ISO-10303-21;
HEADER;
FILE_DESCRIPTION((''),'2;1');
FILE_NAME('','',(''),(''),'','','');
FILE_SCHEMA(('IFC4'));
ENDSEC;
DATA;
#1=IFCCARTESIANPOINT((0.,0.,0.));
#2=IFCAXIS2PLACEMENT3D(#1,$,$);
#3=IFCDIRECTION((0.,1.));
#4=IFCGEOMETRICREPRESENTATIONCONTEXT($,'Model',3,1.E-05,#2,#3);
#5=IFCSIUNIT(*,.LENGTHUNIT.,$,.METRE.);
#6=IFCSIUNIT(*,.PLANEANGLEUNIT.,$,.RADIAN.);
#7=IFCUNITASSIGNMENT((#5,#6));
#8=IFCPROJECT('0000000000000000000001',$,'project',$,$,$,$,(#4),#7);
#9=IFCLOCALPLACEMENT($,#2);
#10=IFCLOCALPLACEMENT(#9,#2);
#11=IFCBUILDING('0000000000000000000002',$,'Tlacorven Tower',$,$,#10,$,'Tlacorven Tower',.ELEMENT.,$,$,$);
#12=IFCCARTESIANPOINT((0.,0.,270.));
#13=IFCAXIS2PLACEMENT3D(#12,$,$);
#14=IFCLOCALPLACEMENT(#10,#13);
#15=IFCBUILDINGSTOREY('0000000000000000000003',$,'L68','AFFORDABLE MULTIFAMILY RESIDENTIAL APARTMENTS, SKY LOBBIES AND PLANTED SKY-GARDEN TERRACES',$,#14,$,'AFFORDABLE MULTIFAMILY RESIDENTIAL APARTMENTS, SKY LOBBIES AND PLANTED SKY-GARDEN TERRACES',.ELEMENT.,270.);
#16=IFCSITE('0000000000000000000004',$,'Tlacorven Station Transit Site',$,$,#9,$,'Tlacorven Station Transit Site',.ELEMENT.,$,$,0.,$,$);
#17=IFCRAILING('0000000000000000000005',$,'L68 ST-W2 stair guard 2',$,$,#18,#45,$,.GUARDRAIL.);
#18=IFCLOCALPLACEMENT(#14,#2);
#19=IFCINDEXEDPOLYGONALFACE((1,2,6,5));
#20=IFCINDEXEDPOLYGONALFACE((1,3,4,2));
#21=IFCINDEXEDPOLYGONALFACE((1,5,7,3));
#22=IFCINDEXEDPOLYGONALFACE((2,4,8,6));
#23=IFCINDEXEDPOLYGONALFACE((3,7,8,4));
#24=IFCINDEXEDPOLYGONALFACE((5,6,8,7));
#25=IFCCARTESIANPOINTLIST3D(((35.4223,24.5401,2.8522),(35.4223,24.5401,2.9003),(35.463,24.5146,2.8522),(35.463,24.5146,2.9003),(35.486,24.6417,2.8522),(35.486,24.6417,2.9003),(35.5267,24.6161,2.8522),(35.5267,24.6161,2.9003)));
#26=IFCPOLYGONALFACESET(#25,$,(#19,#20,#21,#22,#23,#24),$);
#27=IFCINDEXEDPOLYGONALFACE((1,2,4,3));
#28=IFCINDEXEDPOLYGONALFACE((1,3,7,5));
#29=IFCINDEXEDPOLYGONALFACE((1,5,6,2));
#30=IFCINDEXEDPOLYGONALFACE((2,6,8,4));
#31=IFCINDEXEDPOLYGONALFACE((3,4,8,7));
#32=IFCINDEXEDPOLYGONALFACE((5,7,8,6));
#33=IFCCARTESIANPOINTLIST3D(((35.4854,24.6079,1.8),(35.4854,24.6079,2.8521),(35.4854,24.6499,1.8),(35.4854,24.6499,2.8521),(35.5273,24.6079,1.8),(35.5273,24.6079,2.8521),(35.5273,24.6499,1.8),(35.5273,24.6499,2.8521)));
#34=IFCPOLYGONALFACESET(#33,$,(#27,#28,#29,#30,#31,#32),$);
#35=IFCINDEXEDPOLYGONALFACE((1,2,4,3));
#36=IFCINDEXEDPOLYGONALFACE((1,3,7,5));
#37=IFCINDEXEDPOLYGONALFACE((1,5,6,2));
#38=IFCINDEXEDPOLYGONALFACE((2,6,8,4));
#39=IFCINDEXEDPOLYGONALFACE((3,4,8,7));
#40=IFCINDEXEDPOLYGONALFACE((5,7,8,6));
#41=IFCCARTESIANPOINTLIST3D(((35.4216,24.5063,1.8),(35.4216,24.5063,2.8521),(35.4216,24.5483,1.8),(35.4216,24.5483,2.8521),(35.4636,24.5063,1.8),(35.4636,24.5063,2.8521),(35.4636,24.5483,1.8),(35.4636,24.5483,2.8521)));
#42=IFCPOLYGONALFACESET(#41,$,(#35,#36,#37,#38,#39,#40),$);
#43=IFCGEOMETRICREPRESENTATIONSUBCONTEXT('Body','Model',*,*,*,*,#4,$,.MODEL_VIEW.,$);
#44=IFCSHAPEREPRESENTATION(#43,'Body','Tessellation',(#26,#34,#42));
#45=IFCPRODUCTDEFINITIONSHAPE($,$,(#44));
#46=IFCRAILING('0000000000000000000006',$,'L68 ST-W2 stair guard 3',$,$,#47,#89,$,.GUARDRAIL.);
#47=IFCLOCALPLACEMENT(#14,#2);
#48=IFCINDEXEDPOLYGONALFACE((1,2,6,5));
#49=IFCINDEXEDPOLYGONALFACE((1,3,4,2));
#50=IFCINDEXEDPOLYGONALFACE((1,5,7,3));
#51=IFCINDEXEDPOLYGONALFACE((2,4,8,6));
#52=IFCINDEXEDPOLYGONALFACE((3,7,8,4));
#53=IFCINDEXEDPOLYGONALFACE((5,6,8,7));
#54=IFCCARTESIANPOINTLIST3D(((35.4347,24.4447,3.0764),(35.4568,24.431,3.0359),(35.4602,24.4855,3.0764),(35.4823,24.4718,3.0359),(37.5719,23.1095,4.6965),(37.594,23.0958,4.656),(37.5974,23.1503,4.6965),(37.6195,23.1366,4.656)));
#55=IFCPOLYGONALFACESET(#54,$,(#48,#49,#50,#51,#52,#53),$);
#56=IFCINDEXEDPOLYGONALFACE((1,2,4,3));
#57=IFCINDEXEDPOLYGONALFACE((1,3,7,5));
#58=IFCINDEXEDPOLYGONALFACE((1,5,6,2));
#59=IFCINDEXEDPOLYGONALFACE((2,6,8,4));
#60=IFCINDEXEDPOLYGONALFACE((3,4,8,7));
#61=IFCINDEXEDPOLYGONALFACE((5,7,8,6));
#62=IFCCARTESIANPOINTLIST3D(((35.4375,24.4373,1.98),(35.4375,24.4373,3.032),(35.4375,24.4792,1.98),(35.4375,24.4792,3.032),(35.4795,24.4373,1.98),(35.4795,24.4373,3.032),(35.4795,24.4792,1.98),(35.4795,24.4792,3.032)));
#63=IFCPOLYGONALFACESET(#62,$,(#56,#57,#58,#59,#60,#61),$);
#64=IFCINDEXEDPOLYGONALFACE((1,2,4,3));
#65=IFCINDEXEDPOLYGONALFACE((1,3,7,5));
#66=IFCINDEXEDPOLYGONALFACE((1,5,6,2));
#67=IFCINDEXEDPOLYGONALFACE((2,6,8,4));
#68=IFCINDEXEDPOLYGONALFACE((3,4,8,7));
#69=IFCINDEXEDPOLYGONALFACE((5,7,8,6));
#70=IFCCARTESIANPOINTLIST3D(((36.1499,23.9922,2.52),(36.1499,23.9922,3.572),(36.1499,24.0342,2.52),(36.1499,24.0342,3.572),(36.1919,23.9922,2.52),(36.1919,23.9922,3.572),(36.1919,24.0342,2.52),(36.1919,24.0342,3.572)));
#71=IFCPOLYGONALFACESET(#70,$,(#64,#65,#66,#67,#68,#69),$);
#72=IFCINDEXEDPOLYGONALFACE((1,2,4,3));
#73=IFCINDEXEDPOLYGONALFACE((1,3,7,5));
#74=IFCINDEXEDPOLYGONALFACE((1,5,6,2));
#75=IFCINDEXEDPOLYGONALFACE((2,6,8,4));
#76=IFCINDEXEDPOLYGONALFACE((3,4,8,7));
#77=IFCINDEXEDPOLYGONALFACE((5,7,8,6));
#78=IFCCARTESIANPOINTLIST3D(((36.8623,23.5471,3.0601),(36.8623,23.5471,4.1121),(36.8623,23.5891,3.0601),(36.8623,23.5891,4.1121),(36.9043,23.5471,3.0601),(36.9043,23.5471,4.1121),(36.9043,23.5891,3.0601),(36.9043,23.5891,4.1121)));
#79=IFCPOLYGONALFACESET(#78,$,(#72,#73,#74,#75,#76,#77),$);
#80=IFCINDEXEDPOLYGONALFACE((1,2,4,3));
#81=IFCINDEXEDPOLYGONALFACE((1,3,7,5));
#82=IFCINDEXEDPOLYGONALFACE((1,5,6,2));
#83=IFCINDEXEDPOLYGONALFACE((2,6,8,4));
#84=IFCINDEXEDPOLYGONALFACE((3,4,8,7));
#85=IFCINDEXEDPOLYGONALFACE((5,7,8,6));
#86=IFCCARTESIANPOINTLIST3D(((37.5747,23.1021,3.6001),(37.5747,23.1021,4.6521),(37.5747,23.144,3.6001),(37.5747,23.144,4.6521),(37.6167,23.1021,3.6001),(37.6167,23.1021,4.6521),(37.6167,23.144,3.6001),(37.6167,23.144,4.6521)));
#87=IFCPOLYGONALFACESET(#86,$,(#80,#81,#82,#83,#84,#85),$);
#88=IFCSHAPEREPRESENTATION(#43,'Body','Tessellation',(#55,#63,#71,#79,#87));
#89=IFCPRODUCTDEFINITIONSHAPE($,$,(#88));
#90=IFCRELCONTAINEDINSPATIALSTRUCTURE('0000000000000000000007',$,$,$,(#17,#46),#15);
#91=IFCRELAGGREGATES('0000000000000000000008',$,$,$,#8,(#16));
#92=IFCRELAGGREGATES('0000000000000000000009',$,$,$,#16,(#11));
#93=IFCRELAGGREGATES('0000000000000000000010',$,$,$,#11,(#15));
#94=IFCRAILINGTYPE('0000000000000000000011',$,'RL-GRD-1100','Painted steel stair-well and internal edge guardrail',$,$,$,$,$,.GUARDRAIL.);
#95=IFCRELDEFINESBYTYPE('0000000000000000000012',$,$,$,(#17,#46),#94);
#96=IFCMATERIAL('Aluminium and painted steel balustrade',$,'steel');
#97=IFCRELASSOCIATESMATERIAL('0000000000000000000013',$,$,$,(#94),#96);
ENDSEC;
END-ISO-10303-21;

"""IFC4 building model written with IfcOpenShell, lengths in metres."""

from ifc_helpers import new_model, si_unit, direction, frame, origin, origin_2d, place, context, subcontext, project, spatial, rectangle, extrude, source, transform, mapped, material, type_object, element, save


model = new_model("IFC4")

# Units and contexts
model_context = context("Model", 3, precision=1e-05, world=origin(), true_north=direction((0.0, 1.0)))
body_context = subcontext(model_context, "Body", "Model", "MODEL_VIEW")
ifc_project = project(units=[si_unit("LENGTHUNIT", "METRE"), si_unit("PLANEANGLEUNIT", "RADIAN")], contexts=[model_context])

# Site, building, storey
site_placement = place(None, origin())
site = spatial("IfcSite", under=ifc_project, at=site_placement, Name="Tlacorven Station Transit Site", LongName="Tlacorven Station Transit Site", CompositionType="ELEMENT", RefElevation=0.0)
building_placement = place(site_placement, origin())
building = spatial("IfcBuilding", under=site, at=building_placement, Name="Tlacorven Tower", LongName="Tlacorven Tower", CompositionType="ELEMENT")
storey_placement = place(building_placement, frame((0.0, 0.0, 270.0)))
storey = spatial("IfcBuildingStorey", under=building, at=storey_placement, Name="L68", Description="AFFORDABLE MULTIFAMILY RESIDENTIAL APARTMENTS, SKY LOBBIES AND PLANTED SKY-GARDEN TERRACES", LongName="AFFORDABLE MULTIFAMILY RESIDENTIAL APARTMENTS, SKY LOBBIES AND PLANTED SKY-GARDEN TERRACES", CompositionType="ELEMENT", Elevation=270.0)

# Railings
ifc_material_1 = material(Name="Aluminium and painted steel balustrade", Category="steel")
railing_type_1 = type_object("IfcRailingType", Name="RL-GRD-1100", Description="Painted steel stair-well and internal edge guardrail", PredefinedType="GUARDRAIL", material=ifc_material_1)
shared_shape_1 = source(origin(), body_context, "Body", "SweptSolid", [
    extrude(rectangle(XDim=0.0481, YDim=0.0481, at=origin_2d()), frame((0.0, 0.0, 1.0762), z_axis=(-0.531462, -0.847082, 0.0), x_axis=(0.847082, -0.531462, 0.0)), (0.0, 0.0, 1.0), 0.1199),
    extrude(rectangle(XDim=0.042, YDim=0.042, at=origin_2d()), origin(), (0.0, 0.0, 1.0), 1.052),
    extrude(rectangle(XDim=0.042, YDim=0.042, at=origin_2d()), frame((-0.0637, -0.1016, 0.0)), (0.0, 0.0, 1.0), 1.052),
])
railing_1_placement = place(storey_placement, frame((35.5063, 24.6289, 1.8)))
element("IfcRailing", 1, at=railing_1_placement, inside=storey, type_object=railing_type_1, Name="L68 ST-W2 stair guard 2", PredefinedType="GUARDRAIL", context=body_context, shape_type="MappedRepresentation", body=[
    mapped(shared_shape_1, transform((0.0, 0.0, 0.0), scale=1.0)),
])
shared_shape_2 = source(origin(), body_context, "Body", "SweptSolid", [
    extrude(rectangle(XDim=0.0481, YDim=0.0481, at=origin_2d()), frame((0.0, 0.0, 1.0762), z_axis=(0.713386, -0.445683, 0.540784), x_axis=(0.529842, 0.848096, 0.0)), (0.0, 0.0, 1.0), 2.9958),
    extrude(rectangle(XDim=0.042, YDim=0.042, at=origin_2d()), origin(), (0.0, 0.0, 1.0), 1.052),
    extrude(rectangle(XDim=0.042, YDim=0.042, at=origin_2d()), frame((0.7124, -0.4451, 0.54)), (0.0, 0.0, 1.0), 1.052),
    extrude(rectangle(XDim=0.042, YDim=0.042, at=origin_2d()), frame((1.4248, -0.8901, 1.0801)), (0.0, 0.0, 1.0), 1.052),
    extrude(rectangle(XDim=0.042, YDim=0.042, at=origin_2d()), frame((2.1372, -1.3352, 1.6201)), (0.0, 0.0, 1.0), 1.052),
])
railing_2_placement = place(storey_placement, frame((35.4585, 24.4583, 1.98)))
element("IfcRailing", 2, at=railing_2_placement, inside=storey, type_object=railing_type_1, Name="L68 ST-W2 stair guard 3", PredefinedType="GUARDRAIL", context=body_context, shape_type="MappedRepresentation", body=[
    mapped(shared_shape_2, transform((0.0, 0.0, 0.0), scale=1.0)),
])

save(model, "model.ifc")
